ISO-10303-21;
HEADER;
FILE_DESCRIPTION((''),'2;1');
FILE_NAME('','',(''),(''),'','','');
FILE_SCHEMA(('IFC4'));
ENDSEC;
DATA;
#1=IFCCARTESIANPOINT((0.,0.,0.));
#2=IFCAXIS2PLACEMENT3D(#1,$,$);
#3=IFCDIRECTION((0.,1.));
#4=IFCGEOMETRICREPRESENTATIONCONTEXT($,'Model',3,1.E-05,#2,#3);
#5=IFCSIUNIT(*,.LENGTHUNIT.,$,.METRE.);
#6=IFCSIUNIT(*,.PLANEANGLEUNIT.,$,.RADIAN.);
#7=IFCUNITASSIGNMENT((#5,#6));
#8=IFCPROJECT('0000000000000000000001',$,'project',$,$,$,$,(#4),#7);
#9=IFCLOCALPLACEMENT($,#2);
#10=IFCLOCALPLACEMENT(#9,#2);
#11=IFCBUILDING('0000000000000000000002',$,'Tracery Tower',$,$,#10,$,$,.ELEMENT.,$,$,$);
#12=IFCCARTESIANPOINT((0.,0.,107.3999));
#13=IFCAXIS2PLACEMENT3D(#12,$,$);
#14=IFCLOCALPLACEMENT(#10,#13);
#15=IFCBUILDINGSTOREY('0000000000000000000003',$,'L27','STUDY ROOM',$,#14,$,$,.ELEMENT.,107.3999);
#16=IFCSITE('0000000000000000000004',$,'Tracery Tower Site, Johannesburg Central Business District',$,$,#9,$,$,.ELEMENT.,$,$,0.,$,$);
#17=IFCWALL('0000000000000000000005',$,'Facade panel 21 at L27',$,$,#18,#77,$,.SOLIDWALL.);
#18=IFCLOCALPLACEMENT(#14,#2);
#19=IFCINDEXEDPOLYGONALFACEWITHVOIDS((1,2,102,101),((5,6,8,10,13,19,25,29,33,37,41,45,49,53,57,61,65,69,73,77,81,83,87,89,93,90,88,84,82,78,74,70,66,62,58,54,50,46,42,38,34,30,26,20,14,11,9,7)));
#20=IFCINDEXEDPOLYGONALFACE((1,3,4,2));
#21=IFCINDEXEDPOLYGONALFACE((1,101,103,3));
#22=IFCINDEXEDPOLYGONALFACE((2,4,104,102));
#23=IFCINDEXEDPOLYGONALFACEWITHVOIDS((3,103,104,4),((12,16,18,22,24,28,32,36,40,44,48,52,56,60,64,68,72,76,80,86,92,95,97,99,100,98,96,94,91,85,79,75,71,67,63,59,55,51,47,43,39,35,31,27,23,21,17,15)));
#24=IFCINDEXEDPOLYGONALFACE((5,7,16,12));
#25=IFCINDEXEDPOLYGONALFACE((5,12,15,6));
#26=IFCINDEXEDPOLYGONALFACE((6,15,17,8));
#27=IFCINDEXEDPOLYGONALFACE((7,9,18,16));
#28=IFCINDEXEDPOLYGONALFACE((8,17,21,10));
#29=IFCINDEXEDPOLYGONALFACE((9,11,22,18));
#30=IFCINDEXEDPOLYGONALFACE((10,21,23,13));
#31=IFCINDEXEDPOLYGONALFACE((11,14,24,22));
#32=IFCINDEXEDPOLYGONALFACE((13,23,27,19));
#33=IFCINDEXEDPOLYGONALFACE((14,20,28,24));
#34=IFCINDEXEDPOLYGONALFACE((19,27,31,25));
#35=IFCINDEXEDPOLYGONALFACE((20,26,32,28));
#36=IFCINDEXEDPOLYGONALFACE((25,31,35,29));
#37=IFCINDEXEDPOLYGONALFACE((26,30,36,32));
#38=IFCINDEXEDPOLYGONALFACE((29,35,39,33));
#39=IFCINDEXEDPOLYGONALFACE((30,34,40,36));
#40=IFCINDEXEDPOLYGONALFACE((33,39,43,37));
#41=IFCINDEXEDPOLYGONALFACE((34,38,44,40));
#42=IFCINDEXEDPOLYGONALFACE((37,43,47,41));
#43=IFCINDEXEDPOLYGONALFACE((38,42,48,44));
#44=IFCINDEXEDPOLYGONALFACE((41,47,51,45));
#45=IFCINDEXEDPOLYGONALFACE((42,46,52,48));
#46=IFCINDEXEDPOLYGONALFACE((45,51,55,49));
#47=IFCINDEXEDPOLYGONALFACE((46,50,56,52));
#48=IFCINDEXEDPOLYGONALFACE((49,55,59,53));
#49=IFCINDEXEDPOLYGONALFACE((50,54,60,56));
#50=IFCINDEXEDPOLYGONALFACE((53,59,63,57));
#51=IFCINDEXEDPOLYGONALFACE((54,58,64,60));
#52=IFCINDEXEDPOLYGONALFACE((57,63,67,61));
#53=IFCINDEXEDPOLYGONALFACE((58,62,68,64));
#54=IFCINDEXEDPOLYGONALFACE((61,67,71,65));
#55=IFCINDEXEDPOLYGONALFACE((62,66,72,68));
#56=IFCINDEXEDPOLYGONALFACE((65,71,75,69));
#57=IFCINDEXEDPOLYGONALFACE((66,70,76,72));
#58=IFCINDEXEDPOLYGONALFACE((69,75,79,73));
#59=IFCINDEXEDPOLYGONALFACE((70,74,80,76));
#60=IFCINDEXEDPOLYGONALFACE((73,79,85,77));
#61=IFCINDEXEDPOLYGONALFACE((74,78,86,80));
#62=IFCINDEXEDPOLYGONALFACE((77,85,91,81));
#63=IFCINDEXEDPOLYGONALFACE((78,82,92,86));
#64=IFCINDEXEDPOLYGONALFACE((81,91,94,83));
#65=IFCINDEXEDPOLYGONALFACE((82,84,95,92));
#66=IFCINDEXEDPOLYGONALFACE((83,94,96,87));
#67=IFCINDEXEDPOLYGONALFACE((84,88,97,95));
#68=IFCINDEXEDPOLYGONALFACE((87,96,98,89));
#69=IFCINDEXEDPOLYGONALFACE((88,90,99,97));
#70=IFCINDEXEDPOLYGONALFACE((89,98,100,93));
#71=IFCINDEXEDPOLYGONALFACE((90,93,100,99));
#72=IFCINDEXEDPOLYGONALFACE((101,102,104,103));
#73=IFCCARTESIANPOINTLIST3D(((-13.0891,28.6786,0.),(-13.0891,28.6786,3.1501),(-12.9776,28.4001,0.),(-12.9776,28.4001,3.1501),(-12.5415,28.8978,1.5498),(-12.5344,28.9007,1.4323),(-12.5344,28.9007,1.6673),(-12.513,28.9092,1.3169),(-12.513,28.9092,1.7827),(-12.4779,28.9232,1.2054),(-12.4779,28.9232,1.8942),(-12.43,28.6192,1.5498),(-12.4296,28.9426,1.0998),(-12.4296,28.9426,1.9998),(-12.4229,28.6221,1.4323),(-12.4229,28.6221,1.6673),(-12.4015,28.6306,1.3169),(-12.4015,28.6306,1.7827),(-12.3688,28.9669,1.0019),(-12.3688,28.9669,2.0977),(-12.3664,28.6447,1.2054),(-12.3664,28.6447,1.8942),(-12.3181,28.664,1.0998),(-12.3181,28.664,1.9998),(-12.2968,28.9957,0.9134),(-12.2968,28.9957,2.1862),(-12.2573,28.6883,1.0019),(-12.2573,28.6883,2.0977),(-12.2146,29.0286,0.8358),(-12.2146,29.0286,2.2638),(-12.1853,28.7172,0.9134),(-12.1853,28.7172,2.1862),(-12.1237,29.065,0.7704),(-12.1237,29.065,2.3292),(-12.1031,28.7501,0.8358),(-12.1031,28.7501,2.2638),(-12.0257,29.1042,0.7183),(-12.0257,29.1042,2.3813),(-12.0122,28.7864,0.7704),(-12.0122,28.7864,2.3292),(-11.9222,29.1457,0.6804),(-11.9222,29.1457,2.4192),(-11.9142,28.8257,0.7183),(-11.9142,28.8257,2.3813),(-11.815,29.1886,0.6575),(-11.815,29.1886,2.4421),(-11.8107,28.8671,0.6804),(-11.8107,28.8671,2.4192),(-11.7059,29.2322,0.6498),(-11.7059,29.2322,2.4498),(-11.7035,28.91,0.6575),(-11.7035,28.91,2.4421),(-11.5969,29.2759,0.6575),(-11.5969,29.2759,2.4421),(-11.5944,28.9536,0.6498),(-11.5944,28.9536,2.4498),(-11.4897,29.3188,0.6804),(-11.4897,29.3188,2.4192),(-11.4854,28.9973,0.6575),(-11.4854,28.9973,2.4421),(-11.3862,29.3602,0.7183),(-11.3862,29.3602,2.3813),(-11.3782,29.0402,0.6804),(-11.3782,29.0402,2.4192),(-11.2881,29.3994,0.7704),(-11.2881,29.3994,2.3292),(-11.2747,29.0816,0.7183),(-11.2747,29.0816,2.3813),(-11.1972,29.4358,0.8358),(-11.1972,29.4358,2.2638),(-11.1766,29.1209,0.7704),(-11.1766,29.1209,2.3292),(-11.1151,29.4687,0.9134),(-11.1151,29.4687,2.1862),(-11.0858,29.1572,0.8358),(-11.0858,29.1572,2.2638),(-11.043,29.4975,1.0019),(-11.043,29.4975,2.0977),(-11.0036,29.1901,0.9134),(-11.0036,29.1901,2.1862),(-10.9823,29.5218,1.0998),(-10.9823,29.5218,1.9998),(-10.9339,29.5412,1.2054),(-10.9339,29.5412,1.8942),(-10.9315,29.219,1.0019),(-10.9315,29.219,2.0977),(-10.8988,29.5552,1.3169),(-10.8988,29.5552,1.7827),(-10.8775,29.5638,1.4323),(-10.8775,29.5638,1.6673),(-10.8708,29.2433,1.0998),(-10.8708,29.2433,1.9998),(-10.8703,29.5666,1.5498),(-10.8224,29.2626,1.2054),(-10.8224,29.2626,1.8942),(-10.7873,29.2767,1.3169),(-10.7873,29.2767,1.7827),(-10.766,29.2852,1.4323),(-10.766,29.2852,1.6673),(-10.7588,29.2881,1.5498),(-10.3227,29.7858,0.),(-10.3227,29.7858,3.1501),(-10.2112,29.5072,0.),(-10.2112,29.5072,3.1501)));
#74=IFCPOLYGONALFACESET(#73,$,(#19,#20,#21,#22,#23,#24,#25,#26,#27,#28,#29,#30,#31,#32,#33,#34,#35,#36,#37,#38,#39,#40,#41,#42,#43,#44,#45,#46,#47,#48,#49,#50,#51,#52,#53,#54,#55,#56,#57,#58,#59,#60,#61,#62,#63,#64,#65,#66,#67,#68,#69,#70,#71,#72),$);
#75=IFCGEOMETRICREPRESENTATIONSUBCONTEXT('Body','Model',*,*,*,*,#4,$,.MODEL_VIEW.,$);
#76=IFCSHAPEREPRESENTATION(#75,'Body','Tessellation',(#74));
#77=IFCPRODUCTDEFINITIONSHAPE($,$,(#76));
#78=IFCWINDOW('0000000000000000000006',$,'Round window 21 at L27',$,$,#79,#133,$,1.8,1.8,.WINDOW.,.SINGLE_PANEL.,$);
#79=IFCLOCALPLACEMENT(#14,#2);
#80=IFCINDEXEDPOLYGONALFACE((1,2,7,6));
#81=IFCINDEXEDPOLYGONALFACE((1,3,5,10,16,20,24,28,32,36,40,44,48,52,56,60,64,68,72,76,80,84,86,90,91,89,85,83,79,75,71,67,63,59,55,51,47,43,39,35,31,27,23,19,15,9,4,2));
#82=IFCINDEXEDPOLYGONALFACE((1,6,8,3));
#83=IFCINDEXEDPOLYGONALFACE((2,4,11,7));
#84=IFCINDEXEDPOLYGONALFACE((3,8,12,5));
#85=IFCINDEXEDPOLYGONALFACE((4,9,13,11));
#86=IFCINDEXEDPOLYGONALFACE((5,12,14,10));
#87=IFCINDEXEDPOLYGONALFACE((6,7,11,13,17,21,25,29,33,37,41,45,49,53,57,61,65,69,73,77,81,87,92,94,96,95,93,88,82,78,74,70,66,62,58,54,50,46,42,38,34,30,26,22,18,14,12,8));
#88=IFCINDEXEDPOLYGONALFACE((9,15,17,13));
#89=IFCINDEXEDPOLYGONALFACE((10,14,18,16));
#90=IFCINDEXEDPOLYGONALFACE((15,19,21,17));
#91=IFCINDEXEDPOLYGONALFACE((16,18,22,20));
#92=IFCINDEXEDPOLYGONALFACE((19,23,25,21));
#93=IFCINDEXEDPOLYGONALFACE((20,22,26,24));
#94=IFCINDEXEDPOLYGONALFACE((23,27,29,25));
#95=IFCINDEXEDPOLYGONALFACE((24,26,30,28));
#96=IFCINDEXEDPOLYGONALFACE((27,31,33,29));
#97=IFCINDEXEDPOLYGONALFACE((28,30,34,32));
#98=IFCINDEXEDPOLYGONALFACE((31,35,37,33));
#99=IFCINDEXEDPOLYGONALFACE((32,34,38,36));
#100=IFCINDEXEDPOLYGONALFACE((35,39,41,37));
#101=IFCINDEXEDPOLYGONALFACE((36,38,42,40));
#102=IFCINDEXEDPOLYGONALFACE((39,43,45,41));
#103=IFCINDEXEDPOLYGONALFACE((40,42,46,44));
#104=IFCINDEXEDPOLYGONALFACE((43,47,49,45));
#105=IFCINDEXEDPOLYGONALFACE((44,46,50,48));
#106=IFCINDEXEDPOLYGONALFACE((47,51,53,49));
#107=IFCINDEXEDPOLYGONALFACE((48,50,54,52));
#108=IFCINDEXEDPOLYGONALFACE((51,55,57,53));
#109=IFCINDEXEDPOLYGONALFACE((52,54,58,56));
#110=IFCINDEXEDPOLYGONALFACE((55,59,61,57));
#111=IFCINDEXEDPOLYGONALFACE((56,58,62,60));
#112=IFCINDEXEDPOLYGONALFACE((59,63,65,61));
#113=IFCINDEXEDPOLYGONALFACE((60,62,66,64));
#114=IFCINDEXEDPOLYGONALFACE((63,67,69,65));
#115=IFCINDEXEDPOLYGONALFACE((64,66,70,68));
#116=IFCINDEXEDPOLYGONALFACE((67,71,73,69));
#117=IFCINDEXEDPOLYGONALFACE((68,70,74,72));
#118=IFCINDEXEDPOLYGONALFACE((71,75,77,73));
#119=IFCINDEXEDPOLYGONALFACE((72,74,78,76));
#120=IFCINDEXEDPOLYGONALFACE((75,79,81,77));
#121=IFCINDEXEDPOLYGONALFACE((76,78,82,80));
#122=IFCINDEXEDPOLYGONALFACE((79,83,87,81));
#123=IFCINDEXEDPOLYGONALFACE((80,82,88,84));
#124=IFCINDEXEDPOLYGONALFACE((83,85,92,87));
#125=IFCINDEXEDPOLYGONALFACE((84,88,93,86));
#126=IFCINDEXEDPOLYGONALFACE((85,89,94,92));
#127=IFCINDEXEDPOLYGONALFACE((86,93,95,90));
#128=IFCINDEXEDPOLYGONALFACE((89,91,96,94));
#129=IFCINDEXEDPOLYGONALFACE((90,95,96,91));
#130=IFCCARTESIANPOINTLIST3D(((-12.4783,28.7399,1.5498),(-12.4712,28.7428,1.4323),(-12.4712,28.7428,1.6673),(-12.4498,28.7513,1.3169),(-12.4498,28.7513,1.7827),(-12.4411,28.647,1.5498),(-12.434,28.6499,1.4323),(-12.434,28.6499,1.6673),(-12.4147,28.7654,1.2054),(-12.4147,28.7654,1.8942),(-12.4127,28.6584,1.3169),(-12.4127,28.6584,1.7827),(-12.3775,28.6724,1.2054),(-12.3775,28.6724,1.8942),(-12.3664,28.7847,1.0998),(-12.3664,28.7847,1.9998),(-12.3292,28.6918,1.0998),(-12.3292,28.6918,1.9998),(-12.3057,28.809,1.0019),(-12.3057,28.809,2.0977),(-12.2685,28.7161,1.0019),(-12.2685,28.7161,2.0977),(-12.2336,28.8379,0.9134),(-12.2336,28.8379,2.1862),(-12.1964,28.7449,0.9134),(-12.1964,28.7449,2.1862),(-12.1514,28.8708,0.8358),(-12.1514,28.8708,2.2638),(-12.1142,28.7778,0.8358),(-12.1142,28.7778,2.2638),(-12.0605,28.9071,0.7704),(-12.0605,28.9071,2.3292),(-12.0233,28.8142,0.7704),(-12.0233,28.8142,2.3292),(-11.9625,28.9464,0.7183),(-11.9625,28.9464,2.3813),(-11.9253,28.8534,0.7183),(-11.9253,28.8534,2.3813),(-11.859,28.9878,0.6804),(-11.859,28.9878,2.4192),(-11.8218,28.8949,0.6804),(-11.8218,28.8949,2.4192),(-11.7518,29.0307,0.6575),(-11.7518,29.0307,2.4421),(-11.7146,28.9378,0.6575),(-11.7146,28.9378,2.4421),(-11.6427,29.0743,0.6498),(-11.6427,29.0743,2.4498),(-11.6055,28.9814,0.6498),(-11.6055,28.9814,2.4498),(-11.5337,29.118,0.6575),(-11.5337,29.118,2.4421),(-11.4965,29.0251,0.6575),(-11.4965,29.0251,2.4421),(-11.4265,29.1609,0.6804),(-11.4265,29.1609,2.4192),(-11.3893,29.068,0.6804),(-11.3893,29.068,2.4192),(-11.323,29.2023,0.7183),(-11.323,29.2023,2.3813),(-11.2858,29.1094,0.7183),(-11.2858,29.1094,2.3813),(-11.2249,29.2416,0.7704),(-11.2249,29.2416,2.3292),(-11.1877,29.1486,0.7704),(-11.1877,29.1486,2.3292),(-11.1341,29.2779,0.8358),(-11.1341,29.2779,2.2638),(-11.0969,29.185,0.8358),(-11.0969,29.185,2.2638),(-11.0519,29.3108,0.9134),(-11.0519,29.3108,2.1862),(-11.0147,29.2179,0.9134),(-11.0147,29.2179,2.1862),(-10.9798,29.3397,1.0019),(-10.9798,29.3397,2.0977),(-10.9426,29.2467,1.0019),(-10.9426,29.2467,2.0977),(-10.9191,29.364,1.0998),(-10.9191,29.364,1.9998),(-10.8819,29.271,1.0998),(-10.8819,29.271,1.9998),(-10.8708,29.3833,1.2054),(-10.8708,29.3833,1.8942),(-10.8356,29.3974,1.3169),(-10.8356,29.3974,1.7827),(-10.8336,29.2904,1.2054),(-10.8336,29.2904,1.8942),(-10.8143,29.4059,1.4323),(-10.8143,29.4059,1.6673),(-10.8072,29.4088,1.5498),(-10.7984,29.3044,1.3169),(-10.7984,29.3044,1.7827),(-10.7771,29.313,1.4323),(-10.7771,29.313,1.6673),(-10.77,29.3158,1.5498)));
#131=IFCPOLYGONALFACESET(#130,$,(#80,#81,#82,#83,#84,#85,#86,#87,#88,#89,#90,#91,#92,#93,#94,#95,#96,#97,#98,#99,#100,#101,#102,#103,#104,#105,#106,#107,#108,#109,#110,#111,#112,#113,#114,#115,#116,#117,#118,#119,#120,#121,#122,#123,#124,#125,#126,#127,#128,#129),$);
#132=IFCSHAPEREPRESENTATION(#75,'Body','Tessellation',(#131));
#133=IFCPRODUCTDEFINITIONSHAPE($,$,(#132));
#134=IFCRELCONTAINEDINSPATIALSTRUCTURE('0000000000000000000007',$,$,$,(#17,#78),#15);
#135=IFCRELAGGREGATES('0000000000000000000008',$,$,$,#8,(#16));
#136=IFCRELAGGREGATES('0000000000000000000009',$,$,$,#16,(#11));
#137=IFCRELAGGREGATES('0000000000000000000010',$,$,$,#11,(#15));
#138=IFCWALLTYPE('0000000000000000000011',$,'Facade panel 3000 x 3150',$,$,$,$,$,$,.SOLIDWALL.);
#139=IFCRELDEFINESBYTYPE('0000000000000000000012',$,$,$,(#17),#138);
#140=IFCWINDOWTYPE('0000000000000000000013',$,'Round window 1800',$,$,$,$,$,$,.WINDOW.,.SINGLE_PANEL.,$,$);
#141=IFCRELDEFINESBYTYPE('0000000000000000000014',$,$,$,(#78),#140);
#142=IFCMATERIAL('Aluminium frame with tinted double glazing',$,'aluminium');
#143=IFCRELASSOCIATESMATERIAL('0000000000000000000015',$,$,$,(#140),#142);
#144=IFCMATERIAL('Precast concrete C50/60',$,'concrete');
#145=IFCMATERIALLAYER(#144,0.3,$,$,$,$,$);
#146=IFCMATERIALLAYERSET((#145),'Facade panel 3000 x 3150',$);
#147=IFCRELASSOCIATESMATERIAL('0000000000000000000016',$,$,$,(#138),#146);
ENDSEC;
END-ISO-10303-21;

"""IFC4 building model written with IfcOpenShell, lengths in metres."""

from ifc_helpers import new_model, si_unit, direction, frame, frame_2d, origin, origin_2d, place, context, subcontext, project, spatial, rectangle, circle, extrude, material, layer, layer_set, type_object, element, fill, save


model = new_model("IFC4")

# Units and contexts
model_context = context("Model", 3, precision=1e-05, world=origin(), true_north=direction((0.0, 1.0)))
body_context = subcontext(model_context, "Body", "Model", "MODEL_VIEW")
ifc_project = project(units=[si_unit("LENGTHUNIT", "METRE"), si_unit("PLANEANGLEUNIT", "RADIAN")], contexts=[model_context])

# Site, building, storey
site_placement = place(None, origin())
site = spatial("IfcSite", under=ifc_project, at=site_placement, Name="Tracery Tower Site, Johannesburg Central Business District", CompositionType="ELEMENT", RefElevation=0.0)
building_placement = place(site_placement, origin())
building = spatial("IfcBuilding", under=site, at=building_placement, Name="Tracery Tower", CompositionType="ELEMENT")
storey_placement = place(building_placement, frame((0.0, 0.0, 107.3999)))
storey = spatial("IfcBuildingStorey", under=building, at=storey_placement, Name="L27", Description="STUDY ROOM", CompositionType="ELEMENT", Elevation=107.3999)

# Wall, opening, window
ifc_material_1 = material(Name="Aluminium frame with tinted double glazing", Category="aluminium")
window_type = type_object("IfcWindowType", Name="Round window 1800", PartitioningType="SINGLE_PANEL", PredefinedType="WINDOW", material=ifc_material_1)
ifc_material_2 = material(Name="Precast concrete C50/60", Category="concrete")
ifc_layer_1 = layer(ifc_material_2, 0.3)
ifc_layer_set_1 = layer_set([ifc_layer_1], Name="Facade panel 3000 x 3150")
wall_type_1 = type_object("IfcWallType", Name="Facade panel 3000 x 3150", PredefinedType="SOLIDWALL", material=ifc_layer_set_1)
wall_1_placement = place(storey_placement, frame((-10.2671, 29.6465, 0.0), z_axis=(0.0, 0.0, 1.0), x_axis=(-0.928403, -0.371574, 0.0)))
wall_1 = element("IfcWall", 1, at=wall_1_placement, inside=storey, type_object=wall_type_1, Name="Facade panel 21 at L27", PredefinedType="SOLIDWALL", context=body_context, shape_type="SweptSolid", body=[
    extrude(rectangle(XDim=2.9797, YDim=0.3, at=frame_2d((1.4897, 0.0))), origin(), (0.0, 0.0, 1.0), 3.1501),
])
opening_1_placement = place(wall_1_placement, frame((1.4897, 0.0, 1.5498)))
opening_1 = element("IfcOpeningElement", 2, at=opening_1_placement, cuts=wall_1, PredefinedType="OPENING", context=body_context, shape_type="SweptSolid", body=[
    extrude(circle(Radius=0.9, at=origin_2d()), frame((0.0, 0.1599, 0.0), z_axis=(0.0, -1.0, 0.0), x_axis=(1.0, 0.0, 0.0)), (0.0, 0.0, 1.0), 0.3201),
])
window_1_placement = place(opening_1_placement, origin())
window_1 = element("IfcWindow", 3, at=window_1_placement, inside=storey, type_object=window_type, Name="Round window 21 at L27", OverallHeight=1.8, OverallWidth=1.8, PartitioningType="SINGLE_PANEL", PredefinedType="WINDOW", context=body_context, shape_type="SweptSolid", body=[
    extrude(circle(Radius=0.9, at=origin_2d()), frame((0.0, 0.1201, 0.0), z_axis=(0.0, -1.0, 0.0), x_axis=(1.0, 0.0, 0.0)), (0.0, 0.0, 1.0), 0.1001),
])
fill(opening_1, window_1)

save(model, "model.ifc")
